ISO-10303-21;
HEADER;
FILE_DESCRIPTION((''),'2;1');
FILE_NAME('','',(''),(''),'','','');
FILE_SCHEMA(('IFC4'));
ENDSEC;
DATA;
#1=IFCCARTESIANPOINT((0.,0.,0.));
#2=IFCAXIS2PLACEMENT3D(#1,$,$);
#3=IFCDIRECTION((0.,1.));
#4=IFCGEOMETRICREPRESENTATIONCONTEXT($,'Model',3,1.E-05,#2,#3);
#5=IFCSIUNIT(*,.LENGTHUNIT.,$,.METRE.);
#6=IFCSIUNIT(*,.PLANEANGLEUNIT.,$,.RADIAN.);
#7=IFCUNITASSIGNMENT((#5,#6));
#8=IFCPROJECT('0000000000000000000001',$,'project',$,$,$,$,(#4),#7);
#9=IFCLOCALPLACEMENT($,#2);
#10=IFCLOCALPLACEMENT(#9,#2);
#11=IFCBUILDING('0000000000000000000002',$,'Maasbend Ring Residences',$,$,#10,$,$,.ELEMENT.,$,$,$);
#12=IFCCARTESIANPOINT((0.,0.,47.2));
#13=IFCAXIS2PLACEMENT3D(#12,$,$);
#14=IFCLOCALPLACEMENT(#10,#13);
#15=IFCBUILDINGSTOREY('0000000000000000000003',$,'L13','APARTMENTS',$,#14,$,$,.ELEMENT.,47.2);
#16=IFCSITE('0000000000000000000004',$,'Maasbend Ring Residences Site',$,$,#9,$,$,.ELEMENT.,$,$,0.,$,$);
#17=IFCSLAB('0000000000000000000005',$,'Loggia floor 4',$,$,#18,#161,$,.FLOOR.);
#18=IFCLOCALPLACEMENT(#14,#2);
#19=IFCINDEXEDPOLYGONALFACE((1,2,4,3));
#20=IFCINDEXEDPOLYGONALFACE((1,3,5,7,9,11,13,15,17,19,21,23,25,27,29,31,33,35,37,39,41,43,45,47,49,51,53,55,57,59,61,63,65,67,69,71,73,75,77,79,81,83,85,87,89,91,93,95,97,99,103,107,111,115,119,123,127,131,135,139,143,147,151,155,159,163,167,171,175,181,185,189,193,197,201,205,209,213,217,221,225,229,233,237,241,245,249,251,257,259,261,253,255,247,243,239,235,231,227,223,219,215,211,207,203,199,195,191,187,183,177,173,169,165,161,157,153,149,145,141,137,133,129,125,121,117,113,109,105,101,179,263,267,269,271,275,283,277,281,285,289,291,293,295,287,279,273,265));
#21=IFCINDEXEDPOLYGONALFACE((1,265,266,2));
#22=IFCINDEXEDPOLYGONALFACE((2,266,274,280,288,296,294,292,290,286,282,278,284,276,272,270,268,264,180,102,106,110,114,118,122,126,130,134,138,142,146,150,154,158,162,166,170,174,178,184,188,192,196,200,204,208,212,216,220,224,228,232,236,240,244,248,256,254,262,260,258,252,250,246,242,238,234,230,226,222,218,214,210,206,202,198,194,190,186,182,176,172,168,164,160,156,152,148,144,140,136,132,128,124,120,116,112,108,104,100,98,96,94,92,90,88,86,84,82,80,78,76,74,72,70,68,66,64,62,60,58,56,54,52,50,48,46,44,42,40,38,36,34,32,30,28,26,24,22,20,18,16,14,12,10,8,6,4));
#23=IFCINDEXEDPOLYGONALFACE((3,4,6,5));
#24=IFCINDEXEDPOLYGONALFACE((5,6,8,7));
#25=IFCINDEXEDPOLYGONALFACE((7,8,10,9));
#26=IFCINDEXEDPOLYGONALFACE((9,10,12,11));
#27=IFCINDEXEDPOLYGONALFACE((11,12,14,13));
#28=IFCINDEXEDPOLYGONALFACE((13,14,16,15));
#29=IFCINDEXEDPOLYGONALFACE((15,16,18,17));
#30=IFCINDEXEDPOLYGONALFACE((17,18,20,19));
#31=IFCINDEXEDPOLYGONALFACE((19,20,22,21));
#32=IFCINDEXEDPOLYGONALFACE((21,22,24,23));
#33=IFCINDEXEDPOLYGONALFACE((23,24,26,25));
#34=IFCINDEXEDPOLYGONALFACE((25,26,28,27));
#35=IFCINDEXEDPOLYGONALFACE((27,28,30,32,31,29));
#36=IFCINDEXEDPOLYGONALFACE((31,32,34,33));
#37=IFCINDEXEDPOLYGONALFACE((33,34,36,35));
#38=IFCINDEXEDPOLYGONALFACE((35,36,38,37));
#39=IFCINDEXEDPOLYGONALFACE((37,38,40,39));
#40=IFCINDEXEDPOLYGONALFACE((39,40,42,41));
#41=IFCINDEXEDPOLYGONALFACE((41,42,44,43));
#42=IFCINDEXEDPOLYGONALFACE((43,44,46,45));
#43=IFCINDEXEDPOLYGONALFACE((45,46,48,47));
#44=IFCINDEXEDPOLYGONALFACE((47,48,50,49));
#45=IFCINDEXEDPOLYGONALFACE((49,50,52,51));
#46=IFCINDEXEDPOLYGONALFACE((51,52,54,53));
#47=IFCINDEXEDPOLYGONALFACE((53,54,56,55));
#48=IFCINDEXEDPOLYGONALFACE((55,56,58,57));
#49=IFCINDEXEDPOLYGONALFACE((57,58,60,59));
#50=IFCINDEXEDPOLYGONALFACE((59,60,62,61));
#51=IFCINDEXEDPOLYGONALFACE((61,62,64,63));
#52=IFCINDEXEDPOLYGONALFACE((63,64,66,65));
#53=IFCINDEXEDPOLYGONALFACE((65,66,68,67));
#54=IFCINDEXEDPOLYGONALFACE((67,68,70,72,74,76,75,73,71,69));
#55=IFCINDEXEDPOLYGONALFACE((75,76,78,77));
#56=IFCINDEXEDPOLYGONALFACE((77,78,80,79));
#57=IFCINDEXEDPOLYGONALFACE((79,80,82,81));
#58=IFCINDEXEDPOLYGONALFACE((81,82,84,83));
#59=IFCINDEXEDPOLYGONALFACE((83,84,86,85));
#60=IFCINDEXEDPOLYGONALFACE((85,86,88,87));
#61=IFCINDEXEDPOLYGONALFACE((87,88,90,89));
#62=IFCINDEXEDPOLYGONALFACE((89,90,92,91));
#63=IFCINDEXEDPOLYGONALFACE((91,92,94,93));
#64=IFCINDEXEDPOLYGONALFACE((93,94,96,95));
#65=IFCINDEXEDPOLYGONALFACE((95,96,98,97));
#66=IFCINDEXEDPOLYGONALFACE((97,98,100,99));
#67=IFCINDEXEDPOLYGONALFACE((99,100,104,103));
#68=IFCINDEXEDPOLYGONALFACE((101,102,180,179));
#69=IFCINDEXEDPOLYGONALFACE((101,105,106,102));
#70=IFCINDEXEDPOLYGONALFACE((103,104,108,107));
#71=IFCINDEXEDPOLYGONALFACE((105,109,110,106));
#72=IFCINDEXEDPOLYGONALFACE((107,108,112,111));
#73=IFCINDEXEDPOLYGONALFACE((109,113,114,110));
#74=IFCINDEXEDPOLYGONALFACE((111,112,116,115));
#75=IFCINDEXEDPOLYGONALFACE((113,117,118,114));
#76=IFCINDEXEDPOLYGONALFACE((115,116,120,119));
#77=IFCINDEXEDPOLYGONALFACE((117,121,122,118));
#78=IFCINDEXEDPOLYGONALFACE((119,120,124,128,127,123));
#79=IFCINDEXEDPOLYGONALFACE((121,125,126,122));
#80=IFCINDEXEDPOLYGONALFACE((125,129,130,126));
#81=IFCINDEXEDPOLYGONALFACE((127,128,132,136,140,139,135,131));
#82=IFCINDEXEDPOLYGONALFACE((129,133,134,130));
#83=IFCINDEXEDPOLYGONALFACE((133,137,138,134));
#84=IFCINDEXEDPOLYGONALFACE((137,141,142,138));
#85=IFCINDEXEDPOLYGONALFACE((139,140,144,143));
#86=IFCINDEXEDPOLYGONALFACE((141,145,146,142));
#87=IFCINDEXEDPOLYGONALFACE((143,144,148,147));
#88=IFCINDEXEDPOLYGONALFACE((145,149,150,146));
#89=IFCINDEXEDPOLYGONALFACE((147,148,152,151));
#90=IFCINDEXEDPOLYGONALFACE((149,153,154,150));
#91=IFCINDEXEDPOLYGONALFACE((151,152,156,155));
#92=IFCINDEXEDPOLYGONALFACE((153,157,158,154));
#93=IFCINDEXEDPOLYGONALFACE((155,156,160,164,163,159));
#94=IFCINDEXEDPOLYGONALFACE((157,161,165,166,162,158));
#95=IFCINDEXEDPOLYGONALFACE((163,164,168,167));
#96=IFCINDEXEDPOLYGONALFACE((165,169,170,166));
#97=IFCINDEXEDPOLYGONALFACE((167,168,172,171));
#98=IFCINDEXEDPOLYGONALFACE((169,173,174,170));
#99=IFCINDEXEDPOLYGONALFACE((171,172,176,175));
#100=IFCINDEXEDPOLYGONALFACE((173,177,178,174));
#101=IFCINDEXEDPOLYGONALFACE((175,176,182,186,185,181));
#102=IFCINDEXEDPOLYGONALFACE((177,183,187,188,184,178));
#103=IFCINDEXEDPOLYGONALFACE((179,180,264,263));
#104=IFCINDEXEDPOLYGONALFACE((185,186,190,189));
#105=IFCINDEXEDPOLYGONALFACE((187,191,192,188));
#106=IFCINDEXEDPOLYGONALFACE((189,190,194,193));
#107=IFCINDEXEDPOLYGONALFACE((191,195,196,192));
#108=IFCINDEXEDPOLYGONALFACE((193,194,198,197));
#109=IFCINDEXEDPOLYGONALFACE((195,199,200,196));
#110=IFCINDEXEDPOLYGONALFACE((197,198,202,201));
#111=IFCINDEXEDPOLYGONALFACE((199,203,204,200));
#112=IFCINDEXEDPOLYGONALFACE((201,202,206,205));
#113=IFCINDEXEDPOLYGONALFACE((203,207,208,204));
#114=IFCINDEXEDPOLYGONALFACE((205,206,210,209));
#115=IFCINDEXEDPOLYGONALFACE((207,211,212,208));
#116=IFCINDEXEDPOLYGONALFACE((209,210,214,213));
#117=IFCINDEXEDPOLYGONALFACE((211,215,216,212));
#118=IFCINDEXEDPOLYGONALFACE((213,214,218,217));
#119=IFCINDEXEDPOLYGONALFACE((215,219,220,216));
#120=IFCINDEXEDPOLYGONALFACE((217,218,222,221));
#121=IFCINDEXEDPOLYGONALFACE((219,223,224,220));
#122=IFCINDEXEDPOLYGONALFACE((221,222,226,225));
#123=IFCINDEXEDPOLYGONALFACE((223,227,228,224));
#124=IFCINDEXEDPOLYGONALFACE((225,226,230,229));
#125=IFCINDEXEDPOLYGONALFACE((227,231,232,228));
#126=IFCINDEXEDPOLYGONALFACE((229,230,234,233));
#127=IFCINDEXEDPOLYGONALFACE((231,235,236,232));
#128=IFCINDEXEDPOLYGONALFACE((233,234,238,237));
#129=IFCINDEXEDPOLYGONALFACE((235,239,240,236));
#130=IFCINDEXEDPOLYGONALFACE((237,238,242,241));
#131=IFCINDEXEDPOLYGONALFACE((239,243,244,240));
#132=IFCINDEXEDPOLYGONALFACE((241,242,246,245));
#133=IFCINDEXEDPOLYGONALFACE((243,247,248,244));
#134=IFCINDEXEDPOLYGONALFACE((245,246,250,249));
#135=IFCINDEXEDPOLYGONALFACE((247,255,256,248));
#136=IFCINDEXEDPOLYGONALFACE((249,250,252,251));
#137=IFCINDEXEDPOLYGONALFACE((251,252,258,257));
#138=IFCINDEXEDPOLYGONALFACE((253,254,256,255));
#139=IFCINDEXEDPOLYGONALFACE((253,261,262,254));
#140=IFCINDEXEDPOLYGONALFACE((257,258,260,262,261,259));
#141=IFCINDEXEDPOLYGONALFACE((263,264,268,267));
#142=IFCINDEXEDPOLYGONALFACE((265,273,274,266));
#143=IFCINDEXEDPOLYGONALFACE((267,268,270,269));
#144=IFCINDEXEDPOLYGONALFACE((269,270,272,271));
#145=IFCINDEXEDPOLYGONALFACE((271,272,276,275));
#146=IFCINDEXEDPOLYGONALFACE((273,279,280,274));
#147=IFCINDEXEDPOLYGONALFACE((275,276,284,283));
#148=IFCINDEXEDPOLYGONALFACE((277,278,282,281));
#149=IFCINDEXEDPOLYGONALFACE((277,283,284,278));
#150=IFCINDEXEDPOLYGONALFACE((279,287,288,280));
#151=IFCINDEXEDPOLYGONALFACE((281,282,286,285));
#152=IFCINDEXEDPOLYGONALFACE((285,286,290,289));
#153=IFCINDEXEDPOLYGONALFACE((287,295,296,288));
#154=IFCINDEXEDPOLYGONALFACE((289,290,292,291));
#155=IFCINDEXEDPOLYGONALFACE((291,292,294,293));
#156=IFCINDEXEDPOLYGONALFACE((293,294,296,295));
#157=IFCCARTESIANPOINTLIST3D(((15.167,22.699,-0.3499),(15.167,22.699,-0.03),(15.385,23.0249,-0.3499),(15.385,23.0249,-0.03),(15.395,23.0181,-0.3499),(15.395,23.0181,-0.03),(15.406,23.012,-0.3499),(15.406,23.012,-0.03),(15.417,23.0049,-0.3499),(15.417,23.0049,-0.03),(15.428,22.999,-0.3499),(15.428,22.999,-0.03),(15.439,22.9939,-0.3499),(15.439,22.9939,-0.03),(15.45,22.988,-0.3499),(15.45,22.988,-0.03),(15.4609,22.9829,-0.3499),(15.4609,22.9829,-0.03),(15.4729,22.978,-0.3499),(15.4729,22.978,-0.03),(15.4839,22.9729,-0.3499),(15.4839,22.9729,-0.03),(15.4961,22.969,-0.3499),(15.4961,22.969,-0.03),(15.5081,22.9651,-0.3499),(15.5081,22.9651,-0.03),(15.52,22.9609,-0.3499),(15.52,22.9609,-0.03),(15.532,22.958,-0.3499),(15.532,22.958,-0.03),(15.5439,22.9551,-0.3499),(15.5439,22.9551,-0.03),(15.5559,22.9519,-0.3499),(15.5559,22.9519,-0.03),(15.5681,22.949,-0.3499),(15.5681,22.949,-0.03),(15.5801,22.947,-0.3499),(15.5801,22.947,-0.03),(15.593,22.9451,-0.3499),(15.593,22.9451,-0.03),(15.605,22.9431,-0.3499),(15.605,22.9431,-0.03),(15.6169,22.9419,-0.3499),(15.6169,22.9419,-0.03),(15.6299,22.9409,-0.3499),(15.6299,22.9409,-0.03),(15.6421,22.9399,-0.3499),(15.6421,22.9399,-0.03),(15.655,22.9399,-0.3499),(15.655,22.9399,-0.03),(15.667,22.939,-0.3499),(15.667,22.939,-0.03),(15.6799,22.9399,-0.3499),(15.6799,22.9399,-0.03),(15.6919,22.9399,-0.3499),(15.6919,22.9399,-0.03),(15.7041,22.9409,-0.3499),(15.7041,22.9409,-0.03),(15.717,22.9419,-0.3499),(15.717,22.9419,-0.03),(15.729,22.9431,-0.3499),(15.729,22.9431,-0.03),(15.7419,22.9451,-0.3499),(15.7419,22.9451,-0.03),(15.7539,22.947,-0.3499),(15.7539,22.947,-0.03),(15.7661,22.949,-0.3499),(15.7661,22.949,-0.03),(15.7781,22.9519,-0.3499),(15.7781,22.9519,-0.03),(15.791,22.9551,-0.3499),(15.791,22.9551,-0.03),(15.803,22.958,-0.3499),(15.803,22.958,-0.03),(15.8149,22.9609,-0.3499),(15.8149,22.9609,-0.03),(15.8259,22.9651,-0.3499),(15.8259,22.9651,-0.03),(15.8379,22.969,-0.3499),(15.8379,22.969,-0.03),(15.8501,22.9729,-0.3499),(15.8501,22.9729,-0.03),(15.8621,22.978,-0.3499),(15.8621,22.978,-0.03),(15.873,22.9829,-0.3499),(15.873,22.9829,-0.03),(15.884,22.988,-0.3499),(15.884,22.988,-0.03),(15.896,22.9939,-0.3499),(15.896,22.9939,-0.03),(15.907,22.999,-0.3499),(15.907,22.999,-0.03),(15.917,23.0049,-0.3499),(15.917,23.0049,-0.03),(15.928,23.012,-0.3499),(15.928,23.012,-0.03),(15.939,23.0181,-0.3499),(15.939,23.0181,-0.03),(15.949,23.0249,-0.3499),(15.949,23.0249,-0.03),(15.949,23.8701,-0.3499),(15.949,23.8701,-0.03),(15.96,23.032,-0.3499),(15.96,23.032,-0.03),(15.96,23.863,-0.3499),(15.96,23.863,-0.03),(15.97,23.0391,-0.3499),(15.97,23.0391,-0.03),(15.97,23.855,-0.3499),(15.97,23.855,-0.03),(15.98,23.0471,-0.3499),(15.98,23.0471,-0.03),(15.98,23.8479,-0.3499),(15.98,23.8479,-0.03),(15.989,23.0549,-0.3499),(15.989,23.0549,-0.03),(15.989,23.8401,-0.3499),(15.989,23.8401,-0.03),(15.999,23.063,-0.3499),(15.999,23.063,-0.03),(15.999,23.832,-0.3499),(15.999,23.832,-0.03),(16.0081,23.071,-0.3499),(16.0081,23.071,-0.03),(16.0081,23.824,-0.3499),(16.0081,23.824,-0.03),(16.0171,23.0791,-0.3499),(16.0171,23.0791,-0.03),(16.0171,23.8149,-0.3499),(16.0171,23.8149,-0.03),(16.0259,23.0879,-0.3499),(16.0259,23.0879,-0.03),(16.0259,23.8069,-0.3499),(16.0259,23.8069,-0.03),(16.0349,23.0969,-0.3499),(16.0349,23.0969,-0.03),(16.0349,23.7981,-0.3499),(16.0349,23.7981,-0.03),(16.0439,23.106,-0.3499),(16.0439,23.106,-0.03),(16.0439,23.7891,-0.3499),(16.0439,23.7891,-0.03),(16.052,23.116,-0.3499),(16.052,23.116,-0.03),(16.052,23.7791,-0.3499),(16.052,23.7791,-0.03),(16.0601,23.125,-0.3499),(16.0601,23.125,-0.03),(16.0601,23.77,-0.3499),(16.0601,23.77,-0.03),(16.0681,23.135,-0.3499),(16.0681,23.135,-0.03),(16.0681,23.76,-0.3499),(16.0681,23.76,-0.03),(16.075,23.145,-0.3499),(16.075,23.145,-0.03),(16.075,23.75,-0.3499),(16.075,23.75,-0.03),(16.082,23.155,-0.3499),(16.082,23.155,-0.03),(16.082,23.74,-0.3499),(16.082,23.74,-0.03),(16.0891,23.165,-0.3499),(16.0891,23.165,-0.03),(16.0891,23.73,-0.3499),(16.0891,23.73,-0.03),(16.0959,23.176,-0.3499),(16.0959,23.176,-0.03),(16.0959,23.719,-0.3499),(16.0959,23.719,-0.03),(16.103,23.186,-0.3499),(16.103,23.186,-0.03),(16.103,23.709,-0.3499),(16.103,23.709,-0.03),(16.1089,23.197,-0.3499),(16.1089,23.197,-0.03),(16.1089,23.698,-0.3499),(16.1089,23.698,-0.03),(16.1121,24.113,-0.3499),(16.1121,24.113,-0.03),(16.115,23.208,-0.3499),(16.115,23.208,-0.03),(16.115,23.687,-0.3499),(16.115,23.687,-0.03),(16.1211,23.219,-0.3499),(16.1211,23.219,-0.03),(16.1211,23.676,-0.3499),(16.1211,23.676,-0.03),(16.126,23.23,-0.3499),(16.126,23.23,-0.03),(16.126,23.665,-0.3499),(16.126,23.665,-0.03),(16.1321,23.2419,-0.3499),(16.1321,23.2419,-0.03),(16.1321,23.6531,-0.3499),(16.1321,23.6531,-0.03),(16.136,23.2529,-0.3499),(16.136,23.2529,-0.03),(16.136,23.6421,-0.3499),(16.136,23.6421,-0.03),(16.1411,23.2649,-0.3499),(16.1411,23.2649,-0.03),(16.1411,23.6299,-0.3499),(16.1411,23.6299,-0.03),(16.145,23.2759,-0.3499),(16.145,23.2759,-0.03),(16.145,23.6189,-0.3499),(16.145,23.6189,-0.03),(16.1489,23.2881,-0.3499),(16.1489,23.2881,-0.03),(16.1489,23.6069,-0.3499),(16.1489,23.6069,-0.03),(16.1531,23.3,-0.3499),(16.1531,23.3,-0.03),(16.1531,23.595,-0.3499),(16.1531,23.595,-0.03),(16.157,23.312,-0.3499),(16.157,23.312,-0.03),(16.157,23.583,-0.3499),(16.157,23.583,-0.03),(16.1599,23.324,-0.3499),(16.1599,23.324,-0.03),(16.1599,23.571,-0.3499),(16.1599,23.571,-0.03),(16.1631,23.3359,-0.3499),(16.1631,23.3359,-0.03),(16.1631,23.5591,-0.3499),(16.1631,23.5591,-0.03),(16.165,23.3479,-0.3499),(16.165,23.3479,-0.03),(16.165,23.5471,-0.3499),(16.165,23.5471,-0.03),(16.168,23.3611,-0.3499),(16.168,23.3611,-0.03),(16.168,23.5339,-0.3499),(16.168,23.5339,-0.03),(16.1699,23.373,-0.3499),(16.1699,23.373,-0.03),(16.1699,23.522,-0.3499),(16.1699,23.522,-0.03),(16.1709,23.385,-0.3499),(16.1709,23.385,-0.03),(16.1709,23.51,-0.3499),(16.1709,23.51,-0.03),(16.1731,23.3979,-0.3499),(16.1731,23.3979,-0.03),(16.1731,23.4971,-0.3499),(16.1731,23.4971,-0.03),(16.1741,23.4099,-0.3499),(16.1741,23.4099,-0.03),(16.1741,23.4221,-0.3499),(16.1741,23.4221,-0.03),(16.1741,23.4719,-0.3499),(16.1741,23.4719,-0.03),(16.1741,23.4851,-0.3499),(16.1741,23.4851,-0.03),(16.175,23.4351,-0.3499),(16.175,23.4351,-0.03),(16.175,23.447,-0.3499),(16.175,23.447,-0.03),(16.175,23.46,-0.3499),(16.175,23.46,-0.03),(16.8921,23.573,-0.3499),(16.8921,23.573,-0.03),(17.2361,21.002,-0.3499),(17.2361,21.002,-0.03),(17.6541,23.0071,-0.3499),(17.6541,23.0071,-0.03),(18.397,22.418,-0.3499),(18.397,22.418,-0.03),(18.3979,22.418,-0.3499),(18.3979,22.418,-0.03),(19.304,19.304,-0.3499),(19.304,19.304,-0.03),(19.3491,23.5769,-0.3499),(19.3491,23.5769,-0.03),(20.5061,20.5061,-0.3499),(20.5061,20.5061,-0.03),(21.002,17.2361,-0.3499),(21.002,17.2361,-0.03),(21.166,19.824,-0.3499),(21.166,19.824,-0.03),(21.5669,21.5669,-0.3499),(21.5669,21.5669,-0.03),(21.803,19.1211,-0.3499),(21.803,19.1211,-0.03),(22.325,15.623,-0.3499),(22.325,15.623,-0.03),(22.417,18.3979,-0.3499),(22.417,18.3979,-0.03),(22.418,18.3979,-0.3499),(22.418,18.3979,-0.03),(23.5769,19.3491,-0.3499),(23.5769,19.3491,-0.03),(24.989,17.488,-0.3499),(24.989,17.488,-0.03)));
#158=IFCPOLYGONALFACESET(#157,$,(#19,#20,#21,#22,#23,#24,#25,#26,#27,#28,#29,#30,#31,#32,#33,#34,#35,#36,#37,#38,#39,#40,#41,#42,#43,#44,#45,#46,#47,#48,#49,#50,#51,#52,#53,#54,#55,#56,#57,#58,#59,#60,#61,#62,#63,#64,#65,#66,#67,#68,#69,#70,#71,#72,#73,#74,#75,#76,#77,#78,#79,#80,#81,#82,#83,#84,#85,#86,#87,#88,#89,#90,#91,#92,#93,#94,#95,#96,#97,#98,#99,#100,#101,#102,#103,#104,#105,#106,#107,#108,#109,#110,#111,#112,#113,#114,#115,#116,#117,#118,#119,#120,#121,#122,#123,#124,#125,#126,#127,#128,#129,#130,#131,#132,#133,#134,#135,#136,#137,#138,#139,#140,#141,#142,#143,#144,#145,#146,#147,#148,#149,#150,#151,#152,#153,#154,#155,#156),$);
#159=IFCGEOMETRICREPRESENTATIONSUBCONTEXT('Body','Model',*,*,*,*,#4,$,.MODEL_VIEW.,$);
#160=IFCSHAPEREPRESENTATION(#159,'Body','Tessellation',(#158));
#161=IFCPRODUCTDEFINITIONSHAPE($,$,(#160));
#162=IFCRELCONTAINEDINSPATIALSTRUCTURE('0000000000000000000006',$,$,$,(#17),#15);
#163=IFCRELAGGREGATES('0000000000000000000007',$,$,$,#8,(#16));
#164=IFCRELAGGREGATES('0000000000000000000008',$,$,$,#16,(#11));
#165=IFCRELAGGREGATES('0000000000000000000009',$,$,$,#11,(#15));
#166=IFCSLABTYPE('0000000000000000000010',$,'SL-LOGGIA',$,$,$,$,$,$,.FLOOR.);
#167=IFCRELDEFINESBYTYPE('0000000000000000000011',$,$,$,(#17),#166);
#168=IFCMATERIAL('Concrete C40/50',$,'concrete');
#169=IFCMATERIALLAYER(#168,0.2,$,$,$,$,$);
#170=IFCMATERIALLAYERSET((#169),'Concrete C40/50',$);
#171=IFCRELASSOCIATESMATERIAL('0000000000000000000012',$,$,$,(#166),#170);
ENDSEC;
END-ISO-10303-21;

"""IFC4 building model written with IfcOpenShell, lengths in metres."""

from ifc_helpers import new_model, si_unit, direction, frame, origin, place, context, subcontext, project, spatial, polyline, outline, extrude, material, layer, layer_set, type_object, element, save


model = new_model("IFC4")

# Units and contexts
model_context = context("Model", 3, precision=1e-05, world=origin(), true_north=direction((0.0, 1.0)))
body_context = subcontext(model_context, "Body", "Model", "MODEL_VIEW")
ifc_project = project(units=[si_unit("LENGTHUNIT", "METRE"), si_unit("PLANEANGLEUNIT", "RADIAN")], contexts=[model_context])

# Site, building, storey
site_placement = place(None, origin())
site = spatial("IfcSite", under=ifc_project, at=site_placement, Name="Maasbend Ring Residences Site", CompositionType="ELEMENT", RefElevation=0.0)
building_placement = place(site_placement, origin())
building = spatial("IfcBuilding", under=site, at=building_placement, Name="Maasbend Ring Residences", CompositionType="ELEMENT")
storey_placement = place(building_placement, frame((0.0, 0.0, 47.2)))
storey = spatial("IfcBuildingStorey", under=building, at=storey_placement, Name="L13", Description="APARTMENTS", CompositionType="ELEMENT", Elevation=47.2)

# Slab
ifc_material_1 = material(Name="Concrete C40/50", Category="concrete")
ifc_layer_1 = layer(ifc_material_1, 0.2)
ifc_layer_set_1 = layer_set([ifc_layer_1], Name="Concrete C40/50")
slab_type_1 = type_object("IfcSlabType", Name="SL-LOGGIA", PredefinedType="FLOOR", material=ifc_layer_set_1)
slab_1_placement = place(storey_placement, frame((0.0, 0.0, -0.3499)))
element("IfcSlab", 1, at=slab_1_placement, inside=storey, type_object=slab_type_1, Name="Loggia floor 4", PredefinedType="FLOOR", context=body_context, shape_type="SweptSolid", body=[
    extrude(outline(polyline([(15.406, 23.012), (15.417, 23.0049), (15.428, 22.999), (15.439, 22.9939), (15.45, 22.988), (15.4609, 22.9829), (15.4729, 22.978), (15.4839, 22.9729), (15.4961, 22.969), (15.5081, 22.9651), (15.52, 22.9609), (15.532, 22.958), (15.5439, 22.9551), (15.5559, 22.9519), (15.5681, 22.949), (15.5801, 22.947), (15.593, 22.9451), (15.605, 22.9431), (15.6169, 22.9419), (15.6299, 22.9409), (15.6421, 22.9399), (15.655, 22.9399), (15.667, 22.939), (15.6799, 22.9399), (15.6919, 22.9399), (15.7041, 22.9409), (15.717, 22.9419), (15.729, 22.9431), (15.7419, 22.9451), (15.7539, 22.947), (15.7661, 22.949), (15.7781, 22.9519), (15.791, 22.9551), (15.803, 22.958), (15.8149, 22.9609), (15.8259, 22.9651), (15.8379, 22.969), (15.8501, 22.9729), (15.8621, 22.978), (15.873, 22.9829), (15.884, 22.988), (15.896, 22.9939), (15.907, 22.999), (15.917, 23.0049), (15.928, 23.012), (15.939, 23.0181), (15.949, 23.0249), (15.96, 23.032), (15.97, 23.0391), (15.98, 23.0471), (15.989, 23.0549), (15.999, 23.063), (16.0081, 23.071), (16.0171, 23.0791), (16.0259, 23.0879), (16.0349, 23.0969), (16.0439, 23.106), (16.052, 23.116), (16.0601, 23.125), (16.0681, 23.135), (16.075, 23.145), (16.082, 23.155), (16.0891, 23.165), (16.0959, 23.176), (16.103, 23.186), (16.1089, 23.197), (16.115, 23.208), (16.1211, 23.219), (16.126, 23.23), (16.1321, 23.2419), (16.136, 23.2529), (16.1411, 23.2649), (16.145, 23.2759), (16.1489, 23.2881), (16.1531, 23.3), (16.157, 23.312), (16.1599, 23.324), (16.1631, 23.3359), (16.165, 23.3479), (16.168, 23.3611), (16.1699, 23.373), (16.1709, 23.385), (16.1731, 23.3979), (16.1741, 23.4099), (16.1741, 23.4221), (16.175, 23.4351), (16.175, 23.447), (16.175, 23.46), (16.1741, 23.4719), (16.1741, 23.4851), (16.1731, 23.4971), (16.1709, 23.51), (16.1699, 23.522), (16.168, 23.5339), (16.165, 23.5471), (16.1631, 23.5591), (16.1599, 23.571), (16.157, 23.583), (16.1531, 23.595), (16.1489, 23.6069), (16.145, 23.6189), (16.1411, 23.6299), (16.136, 23.6421), (16.1321, 23.6531), (16.126, 23.665), (16.1211, 23.676), (16.115, 23.687), (16.1089, 23.698), (16.103, 23.709), (16.0959, 23.719), (16.0891, 23.73), (16.082, 23.74), (16.075, 23.75), (16.0681, 23.76), (16.0601, 23.77), (16.052, 23.7791), (16.0439, 23.7891), (16.0349, 23.7981), (16.0259, 23.8069), (16.0171, 23.8149), (16.0081, 23.824), (15.999, 23.832), (15.989, 23.8401), (15.98, 23.8479), (15.97, 23.855), (15.96, 23.863), (15.949, 23.8701), (15.949, 23.8701), (16.1121, 24.113), (16.1121, 24.113), (16.1121, 24.113), (16.8921, 23.573), (16.8921, 23.573), (17.6541, 23.0071), (17.6541, 23.0071), (18.397, 22.418), (18.397, 22.418), (18.397, 22.418), (18.397, 22.418), (18.397, 22.418), (18.397, 22.418), (18.397, 22.418), (18.397, 22.418), (18.397, 22.418), (18.397, 22.418), (18.397, 22.418), (18.3979, 22.418), (18.3979, 22.418), (18.3979, 22.418), (18.3979, 22.418), (18.3979, 22.418), (18.3979, 22.418), (19.3491, 23.5769), (19.3491, 23.5769), (19.3491, 23.5769), (21.5669, 21.5669), (21.5669, 21.5669), (21.5669, 21.5669), (20.5061, 20.5061), (20.5061, 20.5061), (20.5061, 20.5061), (20.5061, 20.5061), (20.5061, 20.5061), (20.5061, 20.5061), (20.5061, 20.5061), (20.5061, 20.5061), (20.5061, 20.5061), (20.5061, 20.5061), (20.5061, 20.5061), (20.5061, 20.5061), (20.5061, 20.5061), (20.5061, 20.5061), (20.5061, 20.5061), (20.5061, 20.5061), (20.5061, 20.5061), (21.166, 19.824), (21.166, 19.824), (21.803, 19.1211), (21.803, 19.1211), (22.417, 18.3979), (22.417, 18.3979), (22.417, 18.3979), (22.417, 18.3979), (22.417, 18.3979), (22.417, 18.3979), (22.417, 18.3979), (22.417, 18.3979), (22.417, 18.3979), (22.417, 18.3979), (22.417, 18.3979), (22.417, 18.3979), (22.418, 18.3979), (22.418, 18.3979), (22.418, 18.3979), (22.418, 18.3979), (22.418, 18.3979), (23.5769, 19.3491), (23.5769, 19.3491), (23.5769, 19.3491), (24.989, 17.488), (24.989, 17.488), (24.989, 17.488), (22.325, 15.623), (22.325, 15.623), (22.325, 15.623), (21.002, 17.2361), (19.304, 19.304), (19.304, 19.304), (19.304, 19.304), (17.2361, 21.002), (15.167, 22.699), (15.167, 22.699), (15.167, 22.699), (15.385, 23.0249), (15.385, 23.0249), (15.395, 23.0181), (15.406, 23.012)])), origin(), (0.0, 0.0, 1.0), 0.3198),
])

save(model, "model.ifc")
